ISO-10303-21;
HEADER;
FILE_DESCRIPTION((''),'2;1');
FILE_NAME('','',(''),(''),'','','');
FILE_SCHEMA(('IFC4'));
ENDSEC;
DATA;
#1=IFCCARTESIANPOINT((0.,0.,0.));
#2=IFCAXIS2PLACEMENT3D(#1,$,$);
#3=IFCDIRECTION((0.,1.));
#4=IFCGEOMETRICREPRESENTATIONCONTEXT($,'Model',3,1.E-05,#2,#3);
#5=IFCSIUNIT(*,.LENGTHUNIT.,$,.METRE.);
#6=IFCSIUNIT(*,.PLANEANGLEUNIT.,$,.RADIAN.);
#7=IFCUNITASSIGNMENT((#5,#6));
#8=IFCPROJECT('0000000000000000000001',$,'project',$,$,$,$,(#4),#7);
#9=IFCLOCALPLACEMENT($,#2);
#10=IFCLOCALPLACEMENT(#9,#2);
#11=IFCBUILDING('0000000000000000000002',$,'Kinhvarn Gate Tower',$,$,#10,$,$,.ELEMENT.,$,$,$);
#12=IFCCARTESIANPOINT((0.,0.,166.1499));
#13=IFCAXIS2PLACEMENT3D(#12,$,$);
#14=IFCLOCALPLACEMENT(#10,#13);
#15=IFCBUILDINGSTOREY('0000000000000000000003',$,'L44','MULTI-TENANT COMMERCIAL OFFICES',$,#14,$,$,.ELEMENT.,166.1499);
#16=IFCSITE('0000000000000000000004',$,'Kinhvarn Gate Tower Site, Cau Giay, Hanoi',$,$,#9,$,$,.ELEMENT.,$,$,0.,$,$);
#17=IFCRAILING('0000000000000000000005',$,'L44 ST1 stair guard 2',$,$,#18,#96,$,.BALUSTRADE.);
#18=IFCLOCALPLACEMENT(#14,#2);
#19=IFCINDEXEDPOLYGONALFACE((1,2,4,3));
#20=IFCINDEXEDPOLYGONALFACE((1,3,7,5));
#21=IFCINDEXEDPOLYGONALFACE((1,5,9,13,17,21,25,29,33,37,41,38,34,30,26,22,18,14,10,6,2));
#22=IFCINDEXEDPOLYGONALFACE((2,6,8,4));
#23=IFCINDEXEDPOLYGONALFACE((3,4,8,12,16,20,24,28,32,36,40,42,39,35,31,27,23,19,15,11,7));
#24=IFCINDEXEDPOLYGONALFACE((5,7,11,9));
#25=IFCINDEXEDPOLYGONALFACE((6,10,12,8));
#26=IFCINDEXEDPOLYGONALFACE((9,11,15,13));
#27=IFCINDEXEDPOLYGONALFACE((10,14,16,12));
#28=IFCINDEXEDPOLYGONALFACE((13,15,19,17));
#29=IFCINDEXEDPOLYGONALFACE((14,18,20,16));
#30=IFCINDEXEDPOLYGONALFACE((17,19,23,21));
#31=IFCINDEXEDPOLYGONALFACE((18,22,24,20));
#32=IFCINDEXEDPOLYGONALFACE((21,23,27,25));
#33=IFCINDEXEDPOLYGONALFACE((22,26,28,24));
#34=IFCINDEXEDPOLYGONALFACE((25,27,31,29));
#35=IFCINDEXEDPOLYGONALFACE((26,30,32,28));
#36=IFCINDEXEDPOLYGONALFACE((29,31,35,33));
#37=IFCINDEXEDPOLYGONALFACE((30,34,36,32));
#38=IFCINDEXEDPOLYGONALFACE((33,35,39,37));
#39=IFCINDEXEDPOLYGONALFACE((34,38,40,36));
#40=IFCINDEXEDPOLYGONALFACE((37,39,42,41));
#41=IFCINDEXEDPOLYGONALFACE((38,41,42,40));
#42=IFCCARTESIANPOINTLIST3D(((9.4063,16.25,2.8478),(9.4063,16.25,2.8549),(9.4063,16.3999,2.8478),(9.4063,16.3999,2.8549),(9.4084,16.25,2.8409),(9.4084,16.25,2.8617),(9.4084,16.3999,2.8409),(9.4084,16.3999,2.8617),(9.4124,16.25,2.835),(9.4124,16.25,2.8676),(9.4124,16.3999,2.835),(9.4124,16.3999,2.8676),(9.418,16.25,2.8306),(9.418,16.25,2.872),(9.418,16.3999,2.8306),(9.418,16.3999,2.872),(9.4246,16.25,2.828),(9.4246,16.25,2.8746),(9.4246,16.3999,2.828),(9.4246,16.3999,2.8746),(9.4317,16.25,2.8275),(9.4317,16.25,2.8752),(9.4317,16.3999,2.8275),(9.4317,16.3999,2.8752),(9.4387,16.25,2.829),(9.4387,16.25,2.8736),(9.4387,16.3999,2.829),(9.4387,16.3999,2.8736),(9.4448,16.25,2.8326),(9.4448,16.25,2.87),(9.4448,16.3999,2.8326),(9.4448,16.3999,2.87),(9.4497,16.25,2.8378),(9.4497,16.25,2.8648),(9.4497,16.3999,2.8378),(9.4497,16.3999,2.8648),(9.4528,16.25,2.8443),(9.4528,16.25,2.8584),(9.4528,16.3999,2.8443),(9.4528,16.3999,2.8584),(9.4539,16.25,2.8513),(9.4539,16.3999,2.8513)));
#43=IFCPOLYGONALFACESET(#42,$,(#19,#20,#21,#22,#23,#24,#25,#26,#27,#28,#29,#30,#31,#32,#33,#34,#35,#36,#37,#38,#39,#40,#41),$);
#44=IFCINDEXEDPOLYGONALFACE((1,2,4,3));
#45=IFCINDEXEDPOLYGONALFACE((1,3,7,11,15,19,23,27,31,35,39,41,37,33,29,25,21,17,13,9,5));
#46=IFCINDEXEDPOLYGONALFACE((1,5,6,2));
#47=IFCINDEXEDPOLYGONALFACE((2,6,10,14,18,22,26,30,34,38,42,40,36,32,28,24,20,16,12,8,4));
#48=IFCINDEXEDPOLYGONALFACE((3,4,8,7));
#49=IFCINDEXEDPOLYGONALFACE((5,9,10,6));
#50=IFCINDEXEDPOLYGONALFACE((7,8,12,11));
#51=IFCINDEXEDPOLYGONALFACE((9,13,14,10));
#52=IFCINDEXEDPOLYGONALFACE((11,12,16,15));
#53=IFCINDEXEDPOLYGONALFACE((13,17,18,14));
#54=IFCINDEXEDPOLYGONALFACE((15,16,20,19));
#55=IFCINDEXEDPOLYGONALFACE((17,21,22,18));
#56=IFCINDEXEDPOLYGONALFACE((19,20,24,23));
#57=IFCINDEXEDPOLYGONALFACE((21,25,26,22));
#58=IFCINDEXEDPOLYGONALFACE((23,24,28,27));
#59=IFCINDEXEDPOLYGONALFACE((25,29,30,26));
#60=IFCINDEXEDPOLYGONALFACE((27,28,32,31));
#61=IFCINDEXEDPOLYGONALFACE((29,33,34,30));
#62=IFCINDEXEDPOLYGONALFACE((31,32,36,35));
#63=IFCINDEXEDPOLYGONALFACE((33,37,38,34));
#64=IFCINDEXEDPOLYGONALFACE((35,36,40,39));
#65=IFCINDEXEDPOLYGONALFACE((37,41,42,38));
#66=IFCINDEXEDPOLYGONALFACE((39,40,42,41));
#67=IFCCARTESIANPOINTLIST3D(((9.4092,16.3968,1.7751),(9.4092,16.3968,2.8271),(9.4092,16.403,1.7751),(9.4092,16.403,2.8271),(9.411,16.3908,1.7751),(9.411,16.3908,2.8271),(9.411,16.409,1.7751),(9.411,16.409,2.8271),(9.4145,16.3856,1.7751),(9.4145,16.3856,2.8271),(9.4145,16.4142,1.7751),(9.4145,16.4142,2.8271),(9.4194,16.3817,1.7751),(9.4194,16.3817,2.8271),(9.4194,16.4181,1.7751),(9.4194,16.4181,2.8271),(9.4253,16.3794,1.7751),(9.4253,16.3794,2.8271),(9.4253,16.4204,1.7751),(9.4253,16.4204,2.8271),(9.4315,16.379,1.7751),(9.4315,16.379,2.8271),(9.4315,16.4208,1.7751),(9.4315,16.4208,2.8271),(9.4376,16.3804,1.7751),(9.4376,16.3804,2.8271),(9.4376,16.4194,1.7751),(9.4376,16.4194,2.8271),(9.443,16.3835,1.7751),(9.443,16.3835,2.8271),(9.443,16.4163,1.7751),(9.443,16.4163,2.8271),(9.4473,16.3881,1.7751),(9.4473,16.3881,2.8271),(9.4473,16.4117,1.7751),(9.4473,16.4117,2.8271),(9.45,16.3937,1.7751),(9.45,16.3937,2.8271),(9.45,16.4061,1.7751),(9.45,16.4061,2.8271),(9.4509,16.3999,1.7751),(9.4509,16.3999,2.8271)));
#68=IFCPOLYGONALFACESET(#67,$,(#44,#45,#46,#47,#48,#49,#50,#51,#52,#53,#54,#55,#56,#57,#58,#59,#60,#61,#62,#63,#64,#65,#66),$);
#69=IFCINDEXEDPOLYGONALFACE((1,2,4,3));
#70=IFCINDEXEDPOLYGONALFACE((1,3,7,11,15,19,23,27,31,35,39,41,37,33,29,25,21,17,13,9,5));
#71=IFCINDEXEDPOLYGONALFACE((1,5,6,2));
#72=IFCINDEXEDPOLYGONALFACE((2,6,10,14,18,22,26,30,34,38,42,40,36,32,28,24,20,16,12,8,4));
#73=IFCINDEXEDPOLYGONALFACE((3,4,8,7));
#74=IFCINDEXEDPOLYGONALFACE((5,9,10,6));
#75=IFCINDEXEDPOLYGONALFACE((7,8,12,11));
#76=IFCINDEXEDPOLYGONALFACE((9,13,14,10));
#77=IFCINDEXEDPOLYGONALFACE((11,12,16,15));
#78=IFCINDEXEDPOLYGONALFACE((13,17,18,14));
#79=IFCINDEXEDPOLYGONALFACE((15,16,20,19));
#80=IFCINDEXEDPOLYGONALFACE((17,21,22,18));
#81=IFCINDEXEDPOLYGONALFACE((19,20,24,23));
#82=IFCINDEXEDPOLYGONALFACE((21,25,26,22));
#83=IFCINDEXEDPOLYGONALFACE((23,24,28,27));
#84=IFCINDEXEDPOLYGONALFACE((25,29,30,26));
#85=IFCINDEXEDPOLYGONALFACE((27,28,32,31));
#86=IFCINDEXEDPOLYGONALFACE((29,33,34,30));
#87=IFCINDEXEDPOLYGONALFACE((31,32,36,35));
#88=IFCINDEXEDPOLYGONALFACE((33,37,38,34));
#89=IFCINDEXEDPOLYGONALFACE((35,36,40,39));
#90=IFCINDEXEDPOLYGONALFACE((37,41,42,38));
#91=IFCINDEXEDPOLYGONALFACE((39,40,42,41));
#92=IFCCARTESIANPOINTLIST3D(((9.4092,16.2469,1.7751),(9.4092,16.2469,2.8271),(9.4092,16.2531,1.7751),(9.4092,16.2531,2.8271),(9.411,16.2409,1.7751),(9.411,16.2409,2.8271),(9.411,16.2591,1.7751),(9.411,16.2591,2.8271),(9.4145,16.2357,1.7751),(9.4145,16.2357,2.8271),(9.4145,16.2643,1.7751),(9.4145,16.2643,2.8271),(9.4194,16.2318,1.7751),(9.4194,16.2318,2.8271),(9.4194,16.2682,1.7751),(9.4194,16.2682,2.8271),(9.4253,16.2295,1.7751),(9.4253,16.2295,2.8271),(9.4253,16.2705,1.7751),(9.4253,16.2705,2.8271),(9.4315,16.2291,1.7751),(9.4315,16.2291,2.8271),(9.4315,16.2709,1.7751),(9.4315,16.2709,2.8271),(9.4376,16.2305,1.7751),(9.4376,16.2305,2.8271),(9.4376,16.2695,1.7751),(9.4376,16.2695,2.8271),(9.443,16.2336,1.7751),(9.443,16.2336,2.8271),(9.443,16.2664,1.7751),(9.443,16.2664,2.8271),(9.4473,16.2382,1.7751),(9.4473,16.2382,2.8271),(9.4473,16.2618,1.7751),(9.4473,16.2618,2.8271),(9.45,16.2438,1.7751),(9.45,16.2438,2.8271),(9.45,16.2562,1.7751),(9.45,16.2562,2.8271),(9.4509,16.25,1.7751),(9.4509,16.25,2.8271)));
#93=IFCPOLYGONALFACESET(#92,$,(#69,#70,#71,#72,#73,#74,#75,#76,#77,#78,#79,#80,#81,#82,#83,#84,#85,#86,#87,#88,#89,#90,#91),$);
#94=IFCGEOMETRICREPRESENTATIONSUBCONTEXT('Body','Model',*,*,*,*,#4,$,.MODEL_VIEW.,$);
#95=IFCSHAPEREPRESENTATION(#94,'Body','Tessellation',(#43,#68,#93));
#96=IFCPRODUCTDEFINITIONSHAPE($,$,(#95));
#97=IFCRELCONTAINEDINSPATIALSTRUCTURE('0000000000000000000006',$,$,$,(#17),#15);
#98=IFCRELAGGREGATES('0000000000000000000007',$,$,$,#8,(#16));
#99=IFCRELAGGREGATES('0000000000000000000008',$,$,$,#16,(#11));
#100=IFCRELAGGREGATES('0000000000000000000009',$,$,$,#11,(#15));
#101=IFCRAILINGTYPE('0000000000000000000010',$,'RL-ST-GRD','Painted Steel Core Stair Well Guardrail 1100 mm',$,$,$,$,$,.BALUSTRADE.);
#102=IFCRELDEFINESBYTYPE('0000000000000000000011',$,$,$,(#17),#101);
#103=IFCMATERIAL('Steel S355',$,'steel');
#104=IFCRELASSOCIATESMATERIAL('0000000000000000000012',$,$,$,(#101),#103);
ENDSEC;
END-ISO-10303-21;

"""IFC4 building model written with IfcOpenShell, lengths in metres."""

from ifc_helpers import new_model, si_unit, direction, frame, origin, origin_2d, place, context, subcontext, project, spatial, circle, extrude, material, type_object, element, save


model = new_model("IFC4")

# Units and contexts
model_context = context("Model", 3, precision=1e-05, world=origin(), true_north=direction((0.0, 1.0)))
body_context = subcontext(model_context, "Body", "Model", "MODEL_VIEW")
ifc_project = project(units=[si_unit("LENGTHUNIT", "METRE"), si_unit("PLANEANGLEUNIT", "RADIAN")], contexts=[model_context])

# Site, building, storey
site_placement = place(None, origin())
site = spatial("IfcSite", under=ifc_project, at=site_placement, Name="Kinhvarn Gate Tower Site, Cau Giay, Hanoi", CompositionType="ELEMENT", RefElevation=0.0)
building_placement = place(site_placement, origin())
building = spatial("IfcBuilding", under=site, at=building_placement, Name="Kinhvarn Gate Tower", CompositionType="ELEMENT")
storey_placement = place(building_placement, frame((0.0, 0.0, 166.1499)))
storey = spatial("IfcBuildingStorey", under=building, at=storey_placement, Name="L44", Description="MULTI-TENANT COMMERCIAL OFFICES", CompositionType="ELEMENT", Elevation=166.1499)

# Shared definitions
ifc_material_1 = material(Name="Steel S355", Category="steel")

# Railing
railing_type_1 = type_object("IfcRailingType", Name="RL-ST-GRD", Description="Painted Steel Core Stair Well Guardrail 1100 mm", PredefinedType="BALUSTRADE", material=ifc_material_1)
railing_1_placement = place(storey_placement, frame((9.4299, 16.3999, 1.7751)))
element("IfcRailing", 1, at=railing_1_placement, inside=storey, type_object=railing_type_1, Name="L44 ST1 stair guard 2", PredefinedType="BALUSTRADE", context=body_context, shape_type="SweptSolid", body=[
    extrude(circle(Radius=0.0239, at=origin_2d()), frame((0.0, 0.0, 1.0762), z_axis=(0.0, -1.0, 0.0), x_axis=(1.0, 0.0, 0.0)), (0.0, 0.0, 1.0), 0.1499),
    extrude(circle(Radius=0.021, at=origin_2d()), origin(), (0.0, 0.0, 1.0), 1.052),
    extrude(circle(Radius=0.021, at=origin_2d()), frame((0.0, -0.1499, 0.0)), (0.0, 0.0, 1.0), 1.052),
])

save(model, "model.ifc")
